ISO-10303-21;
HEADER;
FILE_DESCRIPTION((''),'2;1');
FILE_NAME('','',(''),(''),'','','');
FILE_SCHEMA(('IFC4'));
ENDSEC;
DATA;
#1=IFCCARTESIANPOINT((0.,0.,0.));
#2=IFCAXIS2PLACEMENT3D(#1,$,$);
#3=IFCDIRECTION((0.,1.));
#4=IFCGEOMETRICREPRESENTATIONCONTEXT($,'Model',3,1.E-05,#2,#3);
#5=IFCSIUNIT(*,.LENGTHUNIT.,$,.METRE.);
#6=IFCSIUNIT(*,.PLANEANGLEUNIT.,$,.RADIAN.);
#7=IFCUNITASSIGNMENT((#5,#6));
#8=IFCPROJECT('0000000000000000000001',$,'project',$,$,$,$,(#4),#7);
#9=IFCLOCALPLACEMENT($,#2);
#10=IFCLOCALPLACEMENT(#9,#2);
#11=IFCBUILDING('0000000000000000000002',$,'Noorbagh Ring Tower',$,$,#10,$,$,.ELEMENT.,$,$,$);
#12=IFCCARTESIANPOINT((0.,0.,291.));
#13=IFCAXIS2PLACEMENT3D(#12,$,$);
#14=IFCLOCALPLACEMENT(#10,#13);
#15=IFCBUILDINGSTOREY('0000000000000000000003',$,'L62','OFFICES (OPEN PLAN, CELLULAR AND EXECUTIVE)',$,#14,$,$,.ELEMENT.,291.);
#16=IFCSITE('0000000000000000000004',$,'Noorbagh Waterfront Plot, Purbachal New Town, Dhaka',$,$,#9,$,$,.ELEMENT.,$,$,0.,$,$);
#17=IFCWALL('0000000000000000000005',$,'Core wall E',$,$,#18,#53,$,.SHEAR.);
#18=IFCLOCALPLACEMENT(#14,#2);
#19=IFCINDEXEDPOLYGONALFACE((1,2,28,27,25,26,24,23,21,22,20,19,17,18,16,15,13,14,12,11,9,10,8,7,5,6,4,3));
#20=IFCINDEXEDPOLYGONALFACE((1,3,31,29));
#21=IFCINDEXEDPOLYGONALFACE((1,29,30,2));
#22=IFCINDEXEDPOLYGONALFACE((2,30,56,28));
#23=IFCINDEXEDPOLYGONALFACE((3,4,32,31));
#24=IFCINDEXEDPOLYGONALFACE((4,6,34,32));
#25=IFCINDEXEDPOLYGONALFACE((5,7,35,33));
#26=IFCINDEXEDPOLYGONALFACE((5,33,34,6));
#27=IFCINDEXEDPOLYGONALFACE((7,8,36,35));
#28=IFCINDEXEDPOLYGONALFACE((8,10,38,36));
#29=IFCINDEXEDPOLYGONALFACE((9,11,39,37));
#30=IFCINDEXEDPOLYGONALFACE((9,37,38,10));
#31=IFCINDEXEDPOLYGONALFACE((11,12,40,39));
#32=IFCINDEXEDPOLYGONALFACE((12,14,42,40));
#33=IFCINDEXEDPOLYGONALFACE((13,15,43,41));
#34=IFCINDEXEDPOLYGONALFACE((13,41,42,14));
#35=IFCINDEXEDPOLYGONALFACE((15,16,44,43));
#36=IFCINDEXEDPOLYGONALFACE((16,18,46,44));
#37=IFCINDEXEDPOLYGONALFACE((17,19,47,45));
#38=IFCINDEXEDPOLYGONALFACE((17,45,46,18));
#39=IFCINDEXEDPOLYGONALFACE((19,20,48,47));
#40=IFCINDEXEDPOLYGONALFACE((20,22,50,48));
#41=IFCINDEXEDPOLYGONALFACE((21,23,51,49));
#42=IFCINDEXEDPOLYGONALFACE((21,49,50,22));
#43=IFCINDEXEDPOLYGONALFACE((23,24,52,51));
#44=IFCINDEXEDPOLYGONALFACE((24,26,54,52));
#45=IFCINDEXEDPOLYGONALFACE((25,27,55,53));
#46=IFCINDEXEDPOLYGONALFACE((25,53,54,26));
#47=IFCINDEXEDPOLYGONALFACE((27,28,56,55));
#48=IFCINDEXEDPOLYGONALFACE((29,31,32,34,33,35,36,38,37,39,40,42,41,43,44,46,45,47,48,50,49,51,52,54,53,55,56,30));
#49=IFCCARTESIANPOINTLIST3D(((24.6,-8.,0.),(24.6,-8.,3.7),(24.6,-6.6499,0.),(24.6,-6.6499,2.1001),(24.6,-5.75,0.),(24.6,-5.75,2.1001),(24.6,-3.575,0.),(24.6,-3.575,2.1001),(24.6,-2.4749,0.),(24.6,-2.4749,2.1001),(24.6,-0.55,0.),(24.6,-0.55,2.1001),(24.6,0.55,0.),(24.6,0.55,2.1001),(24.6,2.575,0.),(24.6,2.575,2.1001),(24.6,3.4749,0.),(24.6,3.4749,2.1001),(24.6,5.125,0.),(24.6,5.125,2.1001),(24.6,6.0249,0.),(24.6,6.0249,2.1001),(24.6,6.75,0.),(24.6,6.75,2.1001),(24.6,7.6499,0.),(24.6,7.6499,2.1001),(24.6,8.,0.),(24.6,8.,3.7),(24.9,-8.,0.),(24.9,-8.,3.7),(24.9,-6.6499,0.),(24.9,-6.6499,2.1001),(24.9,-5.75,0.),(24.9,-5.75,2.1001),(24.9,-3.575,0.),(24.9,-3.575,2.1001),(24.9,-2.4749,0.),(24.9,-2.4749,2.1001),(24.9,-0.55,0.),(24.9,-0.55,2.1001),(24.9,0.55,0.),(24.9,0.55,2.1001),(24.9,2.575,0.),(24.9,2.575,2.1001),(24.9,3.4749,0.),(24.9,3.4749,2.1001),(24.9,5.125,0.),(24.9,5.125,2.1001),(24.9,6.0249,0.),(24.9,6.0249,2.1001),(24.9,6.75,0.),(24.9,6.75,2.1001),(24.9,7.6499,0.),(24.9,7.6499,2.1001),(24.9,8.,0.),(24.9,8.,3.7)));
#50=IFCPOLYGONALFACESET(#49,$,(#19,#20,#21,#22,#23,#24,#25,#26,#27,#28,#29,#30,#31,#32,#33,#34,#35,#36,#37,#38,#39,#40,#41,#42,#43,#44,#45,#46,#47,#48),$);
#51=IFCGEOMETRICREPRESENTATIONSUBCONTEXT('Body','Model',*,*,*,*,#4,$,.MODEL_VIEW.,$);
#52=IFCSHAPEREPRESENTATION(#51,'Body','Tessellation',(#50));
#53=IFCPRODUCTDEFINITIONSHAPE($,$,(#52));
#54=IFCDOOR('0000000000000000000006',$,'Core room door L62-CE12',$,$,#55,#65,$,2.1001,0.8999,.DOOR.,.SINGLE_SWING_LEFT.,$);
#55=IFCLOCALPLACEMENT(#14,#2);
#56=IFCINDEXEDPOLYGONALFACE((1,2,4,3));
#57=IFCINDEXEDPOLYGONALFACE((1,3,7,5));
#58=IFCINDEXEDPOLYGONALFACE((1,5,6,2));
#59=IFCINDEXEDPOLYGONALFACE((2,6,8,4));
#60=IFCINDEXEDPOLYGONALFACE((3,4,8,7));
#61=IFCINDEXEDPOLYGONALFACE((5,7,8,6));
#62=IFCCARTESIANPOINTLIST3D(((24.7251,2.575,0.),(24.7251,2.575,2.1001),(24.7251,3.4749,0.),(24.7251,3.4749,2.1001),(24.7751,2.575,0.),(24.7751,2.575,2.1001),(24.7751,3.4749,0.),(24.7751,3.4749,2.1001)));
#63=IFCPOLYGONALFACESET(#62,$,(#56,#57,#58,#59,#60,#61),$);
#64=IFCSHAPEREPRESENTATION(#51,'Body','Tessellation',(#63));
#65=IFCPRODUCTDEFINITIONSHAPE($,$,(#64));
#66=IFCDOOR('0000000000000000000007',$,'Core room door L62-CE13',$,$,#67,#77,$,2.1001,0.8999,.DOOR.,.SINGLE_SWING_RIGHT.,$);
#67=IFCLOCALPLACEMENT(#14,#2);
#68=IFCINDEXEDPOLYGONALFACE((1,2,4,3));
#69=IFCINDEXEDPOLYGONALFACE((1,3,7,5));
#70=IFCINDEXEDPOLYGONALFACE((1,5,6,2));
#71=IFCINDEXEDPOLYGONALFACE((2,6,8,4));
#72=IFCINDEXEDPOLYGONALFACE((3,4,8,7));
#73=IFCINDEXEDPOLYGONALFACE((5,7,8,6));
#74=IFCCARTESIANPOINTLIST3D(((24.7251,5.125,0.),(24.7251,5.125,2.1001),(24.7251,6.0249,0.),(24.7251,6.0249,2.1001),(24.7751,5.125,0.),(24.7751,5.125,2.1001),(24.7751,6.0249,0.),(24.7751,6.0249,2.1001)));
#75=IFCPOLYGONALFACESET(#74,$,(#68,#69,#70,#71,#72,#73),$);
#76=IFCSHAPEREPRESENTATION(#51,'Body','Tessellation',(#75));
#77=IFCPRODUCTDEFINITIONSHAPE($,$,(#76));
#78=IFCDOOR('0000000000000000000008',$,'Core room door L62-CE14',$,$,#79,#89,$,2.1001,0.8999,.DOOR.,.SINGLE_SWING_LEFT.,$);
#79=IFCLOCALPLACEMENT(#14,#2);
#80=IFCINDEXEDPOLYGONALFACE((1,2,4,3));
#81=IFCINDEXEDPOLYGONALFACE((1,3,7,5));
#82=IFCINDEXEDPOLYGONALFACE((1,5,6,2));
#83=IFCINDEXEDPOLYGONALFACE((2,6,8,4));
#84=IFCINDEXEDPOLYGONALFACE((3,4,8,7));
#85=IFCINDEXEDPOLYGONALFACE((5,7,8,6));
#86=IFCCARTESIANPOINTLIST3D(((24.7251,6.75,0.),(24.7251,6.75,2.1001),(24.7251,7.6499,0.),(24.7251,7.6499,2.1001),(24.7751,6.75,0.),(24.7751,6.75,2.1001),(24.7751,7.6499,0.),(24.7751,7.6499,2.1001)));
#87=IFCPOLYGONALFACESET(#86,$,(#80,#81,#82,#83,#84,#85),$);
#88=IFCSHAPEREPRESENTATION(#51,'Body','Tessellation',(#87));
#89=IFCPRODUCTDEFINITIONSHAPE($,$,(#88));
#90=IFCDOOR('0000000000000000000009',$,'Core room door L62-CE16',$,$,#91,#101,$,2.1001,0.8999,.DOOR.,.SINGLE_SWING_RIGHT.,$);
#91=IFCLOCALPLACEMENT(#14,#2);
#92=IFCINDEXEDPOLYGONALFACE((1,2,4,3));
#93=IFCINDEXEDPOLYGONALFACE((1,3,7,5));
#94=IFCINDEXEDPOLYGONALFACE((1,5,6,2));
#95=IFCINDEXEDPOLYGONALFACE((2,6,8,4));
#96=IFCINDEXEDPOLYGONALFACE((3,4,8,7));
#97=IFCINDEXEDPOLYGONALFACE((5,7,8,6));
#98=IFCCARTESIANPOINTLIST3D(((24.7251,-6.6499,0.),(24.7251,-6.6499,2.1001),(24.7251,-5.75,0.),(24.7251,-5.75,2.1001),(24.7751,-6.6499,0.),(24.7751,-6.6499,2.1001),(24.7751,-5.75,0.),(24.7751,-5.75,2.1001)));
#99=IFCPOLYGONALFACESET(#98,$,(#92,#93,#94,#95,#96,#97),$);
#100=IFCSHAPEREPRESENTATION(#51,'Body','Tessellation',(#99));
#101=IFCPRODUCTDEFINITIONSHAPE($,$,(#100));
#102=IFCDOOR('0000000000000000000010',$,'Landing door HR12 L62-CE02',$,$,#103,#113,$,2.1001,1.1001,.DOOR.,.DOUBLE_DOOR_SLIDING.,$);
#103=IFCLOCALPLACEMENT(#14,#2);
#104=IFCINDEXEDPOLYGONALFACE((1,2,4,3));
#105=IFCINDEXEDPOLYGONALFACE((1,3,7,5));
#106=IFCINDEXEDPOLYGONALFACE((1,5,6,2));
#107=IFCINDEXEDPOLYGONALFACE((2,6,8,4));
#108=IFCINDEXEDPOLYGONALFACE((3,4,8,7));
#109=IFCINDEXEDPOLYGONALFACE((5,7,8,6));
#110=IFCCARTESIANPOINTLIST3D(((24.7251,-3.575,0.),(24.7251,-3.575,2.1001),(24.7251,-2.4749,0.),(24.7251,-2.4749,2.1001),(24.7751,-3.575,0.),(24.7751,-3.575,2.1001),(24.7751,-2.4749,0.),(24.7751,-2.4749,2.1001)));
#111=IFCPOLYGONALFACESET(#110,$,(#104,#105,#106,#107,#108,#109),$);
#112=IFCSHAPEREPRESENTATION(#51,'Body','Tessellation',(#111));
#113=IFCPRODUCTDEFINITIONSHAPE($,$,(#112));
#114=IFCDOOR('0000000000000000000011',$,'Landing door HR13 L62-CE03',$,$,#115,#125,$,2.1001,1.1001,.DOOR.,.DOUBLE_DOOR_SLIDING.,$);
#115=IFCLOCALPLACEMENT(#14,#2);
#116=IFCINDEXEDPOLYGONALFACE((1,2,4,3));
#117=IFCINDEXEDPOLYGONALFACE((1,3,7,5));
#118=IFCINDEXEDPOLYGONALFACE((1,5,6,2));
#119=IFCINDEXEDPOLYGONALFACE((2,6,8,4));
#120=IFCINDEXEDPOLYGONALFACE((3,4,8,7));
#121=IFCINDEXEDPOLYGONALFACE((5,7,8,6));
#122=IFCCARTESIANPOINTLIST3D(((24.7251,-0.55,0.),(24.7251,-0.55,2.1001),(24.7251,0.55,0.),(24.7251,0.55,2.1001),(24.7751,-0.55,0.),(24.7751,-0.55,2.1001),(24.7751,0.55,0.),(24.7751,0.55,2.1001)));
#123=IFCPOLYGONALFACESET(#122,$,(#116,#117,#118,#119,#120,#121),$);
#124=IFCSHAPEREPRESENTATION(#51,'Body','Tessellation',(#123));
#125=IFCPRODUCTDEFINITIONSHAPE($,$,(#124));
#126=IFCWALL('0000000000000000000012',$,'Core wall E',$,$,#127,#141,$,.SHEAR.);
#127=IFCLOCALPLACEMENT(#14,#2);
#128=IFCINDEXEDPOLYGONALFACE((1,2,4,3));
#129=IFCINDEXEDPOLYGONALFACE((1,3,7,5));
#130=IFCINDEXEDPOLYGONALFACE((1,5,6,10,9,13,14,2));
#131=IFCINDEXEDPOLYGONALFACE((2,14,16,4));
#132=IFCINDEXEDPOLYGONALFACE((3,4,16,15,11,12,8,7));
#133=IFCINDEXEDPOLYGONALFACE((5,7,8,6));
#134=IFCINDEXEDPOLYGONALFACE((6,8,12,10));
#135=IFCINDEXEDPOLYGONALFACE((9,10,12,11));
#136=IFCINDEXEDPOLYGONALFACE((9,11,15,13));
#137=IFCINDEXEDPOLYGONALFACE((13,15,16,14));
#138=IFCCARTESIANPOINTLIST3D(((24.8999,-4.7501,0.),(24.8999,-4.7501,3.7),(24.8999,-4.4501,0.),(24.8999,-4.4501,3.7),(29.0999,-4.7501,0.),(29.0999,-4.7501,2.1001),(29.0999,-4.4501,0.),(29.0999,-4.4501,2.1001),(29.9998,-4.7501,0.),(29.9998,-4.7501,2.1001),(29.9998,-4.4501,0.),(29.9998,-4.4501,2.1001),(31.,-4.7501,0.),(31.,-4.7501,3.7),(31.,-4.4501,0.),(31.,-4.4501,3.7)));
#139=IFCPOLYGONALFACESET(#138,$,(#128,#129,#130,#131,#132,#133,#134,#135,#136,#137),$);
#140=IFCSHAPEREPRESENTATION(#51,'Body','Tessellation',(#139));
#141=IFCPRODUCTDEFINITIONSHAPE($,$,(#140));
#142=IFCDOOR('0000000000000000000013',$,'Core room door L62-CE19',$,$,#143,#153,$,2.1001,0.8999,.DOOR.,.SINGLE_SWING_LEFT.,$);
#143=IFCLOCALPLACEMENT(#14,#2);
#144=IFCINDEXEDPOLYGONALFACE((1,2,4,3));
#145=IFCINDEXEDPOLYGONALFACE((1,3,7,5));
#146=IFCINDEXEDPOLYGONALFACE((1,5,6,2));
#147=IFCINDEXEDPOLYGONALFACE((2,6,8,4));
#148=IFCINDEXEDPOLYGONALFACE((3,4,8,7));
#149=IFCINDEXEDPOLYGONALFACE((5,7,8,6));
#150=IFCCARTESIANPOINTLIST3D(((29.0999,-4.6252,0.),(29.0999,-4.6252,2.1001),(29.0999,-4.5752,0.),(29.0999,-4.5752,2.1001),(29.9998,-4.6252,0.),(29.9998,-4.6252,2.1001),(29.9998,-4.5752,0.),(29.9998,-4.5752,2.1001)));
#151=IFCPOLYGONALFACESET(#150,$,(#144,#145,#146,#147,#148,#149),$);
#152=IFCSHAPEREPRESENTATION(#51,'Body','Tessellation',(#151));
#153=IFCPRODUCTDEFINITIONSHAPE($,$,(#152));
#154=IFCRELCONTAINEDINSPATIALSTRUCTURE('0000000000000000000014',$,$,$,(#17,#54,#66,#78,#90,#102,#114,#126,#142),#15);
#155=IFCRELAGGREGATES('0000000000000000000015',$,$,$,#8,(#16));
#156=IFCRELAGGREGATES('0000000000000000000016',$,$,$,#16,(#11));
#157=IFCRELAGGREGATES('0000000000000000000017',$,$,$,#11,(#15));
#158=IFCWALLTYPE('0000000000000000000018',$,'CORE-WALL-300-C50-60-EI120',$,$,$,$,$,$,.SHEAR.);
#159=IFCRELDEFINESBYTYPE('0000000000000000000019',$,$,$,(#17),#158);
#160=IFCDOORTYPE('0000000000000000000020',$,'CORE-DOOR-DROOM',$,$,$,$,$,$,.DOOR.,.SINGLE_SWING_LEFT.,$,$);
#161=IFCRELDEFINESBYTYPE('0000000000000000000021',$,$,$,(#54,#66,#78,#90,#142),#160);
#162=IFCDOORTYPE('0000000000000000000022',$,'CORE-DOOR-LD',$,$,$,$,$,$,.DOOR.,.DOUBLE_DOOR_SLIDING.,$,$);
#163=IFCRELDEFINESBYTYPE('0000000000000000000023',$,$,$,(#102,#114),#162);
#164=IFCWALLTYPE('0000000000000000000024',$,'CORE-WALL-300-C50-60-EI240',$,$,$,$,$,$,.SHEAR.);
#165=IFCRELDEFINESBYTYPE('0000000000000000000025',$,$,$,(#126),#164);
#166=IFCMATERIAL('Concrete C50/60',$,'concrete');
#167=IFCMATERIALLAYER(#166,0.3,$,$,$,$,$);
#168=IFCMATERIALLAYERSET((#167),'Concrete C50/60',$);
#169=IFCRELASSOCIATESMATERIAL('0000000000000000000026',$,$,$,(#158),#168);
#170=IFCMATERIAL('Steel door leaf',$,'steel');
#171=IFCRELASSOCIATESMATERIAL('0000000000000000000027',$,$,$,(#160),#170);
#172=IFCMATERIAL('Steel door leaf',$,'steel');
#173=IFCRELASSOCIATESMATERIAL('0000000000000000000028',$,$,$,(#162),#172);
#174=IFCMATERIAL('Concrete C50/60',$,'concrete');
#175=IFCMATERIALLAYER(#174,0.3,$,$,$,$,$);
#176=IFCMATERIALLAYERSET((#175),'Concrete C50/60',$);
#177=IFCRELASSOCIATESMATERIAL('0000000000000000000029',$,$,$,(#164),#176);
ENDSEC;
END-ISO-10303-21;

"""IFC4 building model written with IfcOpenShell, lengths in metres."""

from ifc_helpers import new_model, si_unit, direction, frame, frame_2d, origin, place, context, subcontext, project, spatial, rectangle, extrude, material, layer, layer_set, type_object, element, fill, save


model = new_model("IFC4")

# Units and contexts
model_context = context("Model", 3, precision=1e-05, world=origin(), true_north=direction((0.0, 1.0)))
body_context = subcontext(model_context, "Body", "Model", "MODEL_VIEW")
ifc_project = project(units=[si_unit("LENGTHUNIT", "METRE"), si_unit("PLANEANGLEUNIT", "RADIAN")], contexts=[model_context])

# Site, building, storey
site_placement = place(None, origin())
site = spatial("IfcSite", under=ifc_project, at=site_placement, Name="Noorbagh Waterfront Plot, Purbachal New Town, Dhaka", CompositionType="ELEMENT", RefElevation=0.0)
building_placement = place(site_placement, origin())
building = spatial("IfcBuilding", under=site, at=building_placement, Name="Noorbagh Ring Tower", CompositionType="ELEMENT")
storey_placement = place(building_placement, frame((0.0, 0.0, 291.0)))
storey = spatial("IfcBuildingStorey", under=building, at=storey_placement, Name="L62", Description="OFFICES (OPEN PLAN, CELLULAR AND EXECUTIVE)", CompositionType="ELEMENT", Elevation=291.0)

# Shared definitions
ifc_material_1 = material(Name="Concrete C50/60", Category="concrete")
ifc_layer_1 = layer(ifc_material_1, 0.3)
ifc_layer_set_1 = layer_set([ifc_layer_1], Name="Concrete C50/60")
wall_type_1 = type_object("IfcWallType", Name="CORE-WALL-300-C50-60-EI120", PredefinedType="SHEAR", material=ifc_layer_set_1)

# Wall, openings, doors
ifc_material_2 = material(Name="Steel door leaf", Category="steel")
door_type_1 = type_object("IfcDoorType", Name="CORE-DOOR-DROOM", OperationType="SINGLE_SWING_LEFT", PredefinedType="DOOR", material=ifc_material_2)
wall_1_placement = place(storey_placement, frame((24.75, -8.0, 0.0), z_axis=(0.0, 0.0, 1.0), x_axis=(0.0, 1.0, 0.0)))
wall_1 = element("IfcWall", 1, at=wall_1_placement, inside=storey, type_object=wall_type_1, Name="Core wall E", PredefinedType="SHEAR", context=body_context, shape_type="SweptSolid", body=[
    extrude(rectangle(XDim=16.0, YDim=0.3, at=frame_2d((8.0, 0.0))), origin(), (0.0, 0.0, 1.0), 3.7),
])
opening_1_placement = place(wall_1_placement, frame((4.425, 0.0, 0.0)))
opening_1 = element("IfcOpeningElement", 2, at=opening_1_placement, cuts=wall_1, PredefinedType="OPENING", context=body_context, shape_type="SweptSolid", body=[
    extrude(rectangle(XDim=1.1001, YDim=2.1001, at=frame_2d((0.55, 1.05))), frame((0.0, 0.1602, 0.0), z_axis=(0.0, -1.0, 0.0), x_axis=(1.0, 0.0, 0.0)), (0.0, 0.0, 1.0), 0.3201),
])
opening_2_placement = place(wall_1_placement, frame((7.45, 0.0, 0.0)))
opening_2 = element("IfcOpeningElement", 3, at=opening_2_placement, cuts=wall_1, PredefinedType="OPENING", context=body_context, shape_type="SweptSolid", body=[
    extrude(rectangle(XDim=1.1001, YDim=2.1001, at=frame_2d((0.55, 1.05))), frame((0.0, 0.1602, 0.0), z_axis=(0.0, -1.0, 0.0), x_axis=(1.0, 0.0, 0.0)), (0.0, 0.0, 1.0), 0.3201),
])
opening_3_placement = place(wall_1_placement, frame((10.575, 0.0, 0.0)))
opening_3 = element("IfcOpeningElement", 4, at=opening_3_placement, cuts=wall_1, PredefinedType="OPENING", context=body_context, shape_type="SweptSolid", body=[
    extrude(rectangle(XDim=0.8999, YDim=2.1001, at=frame_2d((0.45, 1.05))), frame((0.0, 0.1602, 0.0), z_axis=(0.0, -1.0, 0.0), x_axis=(1.0, 0.0, 0.0)), (0.0, 0.0, 1.0), 0.3201),
])
opening_4_placement = place(wall_1_placement, frame((13.125, 0.0, 0.0)))
opening_4 = element("IfcOpeningElement", 5, at=opening_4_placement, cuts=wall_1, PredefinedType="OPENING", context=body_context, shape_type="SweptSolid", body=[
    extrude(rectangle(XDim=0.8999, YDim=2.1001, at=frame_2d((0.45, 1.05))), frame((0.0, 0.1602, 0.0), z_axis=(0.0, -1.0, 0.0), x_axis=(1.0, 0.0, 0.0)), (0.0, 0.0, 1.0), 0.3201),
])
opening_5_placement = place(wall_1_placement, frame((14.75, 0.0, 0.0)))
opening_5 = element("IfcOpeningElement", 6, at=opening_5_placement, cuts=wall_1, PredefinedType="OPENING", context=body_context, shape_type="SweptSolid", body=[
    extrude(rectangle(XDim=0.8999, YDim=2.1001, at=frame_2d((0.45, 1.05))), frame((0.0, 0.1602, 0.0), z_axis=(0.0, -1.0, 0.0), x_axis=(1.0, 0.0, 0.0)), (0.0, 0.0, 1.0), 0.3201),
])
opening_6_placement = place(wall_1_placement, frame((1.3501, 0.0, 0.0)))
opening_6 = element("IfcOpeningElement", 7, at=opening_6_placement, cuts=wall_1, PredefinedType="OPENING", context=body_context, shape_type="SweptSolid", body=[
    extrude(rectangle(XDim=0.8999, YDim=2.1001, at=frame_2d((0.45, 1.05))), frame((0.0, 0.1602, 0.0), z_axis=(0.0, -1.0, 0.0), x_axis=(1.0, 0.0, 0.0)), (0.0, 0.0, 1.0), 0.3201),
])
door_1_placement = place(opening_3_placement, origin())
door_1 = element("IfcDoor", 8, at=door_1_placement, inside=storey, type_object=door_type_1, Name="Core room door L62-CE12", OperationType="SINGLE_SWING_LEFT", OverallHeight=2.1001, OverallWidth=0.8999, PredefinedType="DOOR", context=body_context, shape_type="SweptSolid", body=[
    extrude(rectangle(XDim=0.8999, YDim=2.1001, at=frame_2d((0.45, 1.05))), frame((0.0, 0.0249, 0.0), z_axis=(0.0, -1.0, 0.0), x_axis=(1.0, 0.0, 0.0)), (0.0, 0.0, 1.0), 0.05),
])
fill(opening_3, door_1)
door_2_placement = place(opening_4_placement, origin())
door_2 = element("IfcDoor", 9, at=door_2_placement, inside=storey, type_object=door_type_1, Name="Core room door L62-CE13", OperationType="SINGLE_SWING_RIGHT", OverallHeight=2.1001, OverallWidth=0.8999, PredefinedType="DOOR", context=body_context, shape_type="SweptSolid", body=[
    extrude(rectangle(XDim=0.8999, YDim=2.1001, at=frame_2d((0.45, 1.05))), frame((0.0, 0.0249, 0.0), z_axis=(0.0, -1.0, 0.0), x_axis=(1.0, 0.0, 0.0)), (0.0, 0.0, 1.0), 0.05),
])
fill(opening_4, door_2)
door_3_placement = place(opening_5_placement, origin())
door_3 = element("IfcDoor", 10, at=door_3_placement, inside=storey, type_object=door_type_1, Name="Core room door L62-CE14", OperationType="SINGLE_SWING_LEFT", OverallHeight=2.1001, OverallWidth=0.8999, PredefinedType="DOOR", context=body_context, shape_type="SweptSolid", body=[
    extrude(rectangle(XDim=0.8999, YDim=2.1001, at=frame_2d((0.45, 1.05))), frame((0.0, 0.0249, 0.0), z_axis=(0.0, -1.0, 0.0), x_axis=(1.0, 0.0, 0.0)), (0.0, 0.0, 1.0), 0.05),
])
fill(opening_5, door_3)
door_4_placement = place(opening_6_placement, origin())
door_4 = element("IfcDoor", 11, at=door_4_placement, inside=storey, type_object=door_type_1, Name="Core room door L62-CE16", OperationType="SINGLE_SWING_RIGHT", OverallHeight=2.1001, OverallWidth=0.8999, PredefinedType="DOOR", context=body_context, shape_type="SweptSolid", body=[
    extrude(rectangle(XDim=0.8999, YDim=2.1001, at=frame_2d((0.45, 1.05))), frame((0.0, 0.0249, 0.0), z_axis=(0.0, -1.0, 0.0), x_axis=(1.0, 0.0, 0.0)), (0.0, 0.0, 1.0), 0.05),
])
fill(opening_6, door_4)
ifc_material_3 = material(Name="Steel door leaf", Category="steel")
door_type_2 = type_object("IfcDoorType", Name="CORE-DOOR-LD", OperationType="DOUBLE_DOOR_SLIDING", PredefinedType="DOOR", material=ifc_material_3)
door_5_placement = place(opening_1_placement, origin())
door_5 = element("IfcDoor", 12, at=door_5_placement, inside=storey, type_object=door_type_2, Name="Landing door HR12 L62-CE02", OperationType="DOUBLE_DOOR_SLIDING", OverallHeight=2.1001, OverallWidth=1.1001, PredefinedType="DOOR", context=body_context, shape_type="SweptSolid", body=[
    extrude(rectangle(XDim=1.1001, YDim=2.1001, at=frame_2d((0.55, 1.05))), frame((0.0, 0.0249, 0.0), z_axis=(0.0, -1.0, 0.0), x_axis=(1.0, 0.0, 0.0)), (0.0, 0.0, 1.0), 0.05),
])
fill(opening_1, door_5)
door_6_placement = place(opening_2_placement, origin())
door_6 = element("IfcDoor", 13, at=door_6_placement, inside=storey, type_object=door_type_2, Name="Landing door HR13 L62-CE03", OperationType="DOUBLE_DOOR_SLIDING", OverallHeight=2.1001, OverallWidth=1.1001, PredefinedType="DOOR", context=body_context, shape_type="SweptSolid", body=[
    extrude(rectangle(XDim=1.1001, YDim=2.1001, at=frame_2d((0.55, 1.05))), frame((0.0, 0.0249, 0.0), z_axis=(0.0, -1.0, 0.0), x_axis=(1.0, 0.0, 0.0)), (0.0, 0.0, 1.0), 0.05),
])
fill(opening_2, door_6)

# Wall, opening, door
ifc_material_4 = material(Name="Concrete C50/60", Category="concrete")
ifc_layer_2 = layer(ifc_material_4, 0.3)
ifc_layer_set_2 = layer_set([ifc_layer_2], Name="Concrete C50/60")
wall_type_2 = type_object("IfcWallType", Name="CORE-WALL-300-C50-60-EI240", PredefinedType="SHEAR", material=ifc_layer_set_2)
wall_2_placement = place(storey_placement, frame((24.8999, -4.6001, 0.0), z_axis=(0.0, 0.0, 1.0), x_axis=(1.0, 0.0, 0.0)))
wall_2 = element("IfcWall", 14, at=wall_2_placement, inside=storey, type_object=wall_type_2, Name="Core wall E", PredefinedType="SHEAR", context=body_context, shape_type="SweptSolid", body=[
    extrude(rectangle(XDim=6.1001, YDim=0.3, at=frame_2d((3.05, 0.0))), origin(), (0.0, 0.0, 1.0), 3.7),
])
opening_7_placement = place(wall_2_placement, frame((4.2, 0.0, 0.0)))
opening_7 = element("IfcOpeningElement", 15, at=opening_7_placement, cuts=wall_2, PredefinedType="OPENING", context=body_context, shape_type="SweptSolid", body=[
    extrude(rectangle(XDim=0.8999, YDim=2.1001, at=frame_2d((0.45, 1.05))), frame((0.0, 0.1602, 0.0), z_axis=(0.0, -1.0, 0.0), x_axis=(1.0, 0.0, 0.0)), (0.0, 0.0, 1.0), 0.3201),
])
door_7_placement = place(opening_7_placement, origin())
door_7 = element("IfcDoor", 16, at=door_7_placement, inside=storey, type_object=door_type_1, Name="Core room door L62-CE19", OperationType="SINGLE_SWING_LEFT", OverallHeight=2.1001, OverallWidth=0.8999, PredefinedType="DOOR", context=body_context, shape_type="SweptSolid", body=[
    extrude(rectangle(XDim=0.8999, YDim=2.1001, at=frame_2d((0.45, 1.05))), frame((0.0, 0.0249, 0.0), z_axis=(0.0, -1.0, 0.0), x_axis=(1.0, 0.0, 0.0)), (0.0, 0.0, 1.0), 0.05),
])
fill(opening_7, door_7)

save(model, "model.ifc")
